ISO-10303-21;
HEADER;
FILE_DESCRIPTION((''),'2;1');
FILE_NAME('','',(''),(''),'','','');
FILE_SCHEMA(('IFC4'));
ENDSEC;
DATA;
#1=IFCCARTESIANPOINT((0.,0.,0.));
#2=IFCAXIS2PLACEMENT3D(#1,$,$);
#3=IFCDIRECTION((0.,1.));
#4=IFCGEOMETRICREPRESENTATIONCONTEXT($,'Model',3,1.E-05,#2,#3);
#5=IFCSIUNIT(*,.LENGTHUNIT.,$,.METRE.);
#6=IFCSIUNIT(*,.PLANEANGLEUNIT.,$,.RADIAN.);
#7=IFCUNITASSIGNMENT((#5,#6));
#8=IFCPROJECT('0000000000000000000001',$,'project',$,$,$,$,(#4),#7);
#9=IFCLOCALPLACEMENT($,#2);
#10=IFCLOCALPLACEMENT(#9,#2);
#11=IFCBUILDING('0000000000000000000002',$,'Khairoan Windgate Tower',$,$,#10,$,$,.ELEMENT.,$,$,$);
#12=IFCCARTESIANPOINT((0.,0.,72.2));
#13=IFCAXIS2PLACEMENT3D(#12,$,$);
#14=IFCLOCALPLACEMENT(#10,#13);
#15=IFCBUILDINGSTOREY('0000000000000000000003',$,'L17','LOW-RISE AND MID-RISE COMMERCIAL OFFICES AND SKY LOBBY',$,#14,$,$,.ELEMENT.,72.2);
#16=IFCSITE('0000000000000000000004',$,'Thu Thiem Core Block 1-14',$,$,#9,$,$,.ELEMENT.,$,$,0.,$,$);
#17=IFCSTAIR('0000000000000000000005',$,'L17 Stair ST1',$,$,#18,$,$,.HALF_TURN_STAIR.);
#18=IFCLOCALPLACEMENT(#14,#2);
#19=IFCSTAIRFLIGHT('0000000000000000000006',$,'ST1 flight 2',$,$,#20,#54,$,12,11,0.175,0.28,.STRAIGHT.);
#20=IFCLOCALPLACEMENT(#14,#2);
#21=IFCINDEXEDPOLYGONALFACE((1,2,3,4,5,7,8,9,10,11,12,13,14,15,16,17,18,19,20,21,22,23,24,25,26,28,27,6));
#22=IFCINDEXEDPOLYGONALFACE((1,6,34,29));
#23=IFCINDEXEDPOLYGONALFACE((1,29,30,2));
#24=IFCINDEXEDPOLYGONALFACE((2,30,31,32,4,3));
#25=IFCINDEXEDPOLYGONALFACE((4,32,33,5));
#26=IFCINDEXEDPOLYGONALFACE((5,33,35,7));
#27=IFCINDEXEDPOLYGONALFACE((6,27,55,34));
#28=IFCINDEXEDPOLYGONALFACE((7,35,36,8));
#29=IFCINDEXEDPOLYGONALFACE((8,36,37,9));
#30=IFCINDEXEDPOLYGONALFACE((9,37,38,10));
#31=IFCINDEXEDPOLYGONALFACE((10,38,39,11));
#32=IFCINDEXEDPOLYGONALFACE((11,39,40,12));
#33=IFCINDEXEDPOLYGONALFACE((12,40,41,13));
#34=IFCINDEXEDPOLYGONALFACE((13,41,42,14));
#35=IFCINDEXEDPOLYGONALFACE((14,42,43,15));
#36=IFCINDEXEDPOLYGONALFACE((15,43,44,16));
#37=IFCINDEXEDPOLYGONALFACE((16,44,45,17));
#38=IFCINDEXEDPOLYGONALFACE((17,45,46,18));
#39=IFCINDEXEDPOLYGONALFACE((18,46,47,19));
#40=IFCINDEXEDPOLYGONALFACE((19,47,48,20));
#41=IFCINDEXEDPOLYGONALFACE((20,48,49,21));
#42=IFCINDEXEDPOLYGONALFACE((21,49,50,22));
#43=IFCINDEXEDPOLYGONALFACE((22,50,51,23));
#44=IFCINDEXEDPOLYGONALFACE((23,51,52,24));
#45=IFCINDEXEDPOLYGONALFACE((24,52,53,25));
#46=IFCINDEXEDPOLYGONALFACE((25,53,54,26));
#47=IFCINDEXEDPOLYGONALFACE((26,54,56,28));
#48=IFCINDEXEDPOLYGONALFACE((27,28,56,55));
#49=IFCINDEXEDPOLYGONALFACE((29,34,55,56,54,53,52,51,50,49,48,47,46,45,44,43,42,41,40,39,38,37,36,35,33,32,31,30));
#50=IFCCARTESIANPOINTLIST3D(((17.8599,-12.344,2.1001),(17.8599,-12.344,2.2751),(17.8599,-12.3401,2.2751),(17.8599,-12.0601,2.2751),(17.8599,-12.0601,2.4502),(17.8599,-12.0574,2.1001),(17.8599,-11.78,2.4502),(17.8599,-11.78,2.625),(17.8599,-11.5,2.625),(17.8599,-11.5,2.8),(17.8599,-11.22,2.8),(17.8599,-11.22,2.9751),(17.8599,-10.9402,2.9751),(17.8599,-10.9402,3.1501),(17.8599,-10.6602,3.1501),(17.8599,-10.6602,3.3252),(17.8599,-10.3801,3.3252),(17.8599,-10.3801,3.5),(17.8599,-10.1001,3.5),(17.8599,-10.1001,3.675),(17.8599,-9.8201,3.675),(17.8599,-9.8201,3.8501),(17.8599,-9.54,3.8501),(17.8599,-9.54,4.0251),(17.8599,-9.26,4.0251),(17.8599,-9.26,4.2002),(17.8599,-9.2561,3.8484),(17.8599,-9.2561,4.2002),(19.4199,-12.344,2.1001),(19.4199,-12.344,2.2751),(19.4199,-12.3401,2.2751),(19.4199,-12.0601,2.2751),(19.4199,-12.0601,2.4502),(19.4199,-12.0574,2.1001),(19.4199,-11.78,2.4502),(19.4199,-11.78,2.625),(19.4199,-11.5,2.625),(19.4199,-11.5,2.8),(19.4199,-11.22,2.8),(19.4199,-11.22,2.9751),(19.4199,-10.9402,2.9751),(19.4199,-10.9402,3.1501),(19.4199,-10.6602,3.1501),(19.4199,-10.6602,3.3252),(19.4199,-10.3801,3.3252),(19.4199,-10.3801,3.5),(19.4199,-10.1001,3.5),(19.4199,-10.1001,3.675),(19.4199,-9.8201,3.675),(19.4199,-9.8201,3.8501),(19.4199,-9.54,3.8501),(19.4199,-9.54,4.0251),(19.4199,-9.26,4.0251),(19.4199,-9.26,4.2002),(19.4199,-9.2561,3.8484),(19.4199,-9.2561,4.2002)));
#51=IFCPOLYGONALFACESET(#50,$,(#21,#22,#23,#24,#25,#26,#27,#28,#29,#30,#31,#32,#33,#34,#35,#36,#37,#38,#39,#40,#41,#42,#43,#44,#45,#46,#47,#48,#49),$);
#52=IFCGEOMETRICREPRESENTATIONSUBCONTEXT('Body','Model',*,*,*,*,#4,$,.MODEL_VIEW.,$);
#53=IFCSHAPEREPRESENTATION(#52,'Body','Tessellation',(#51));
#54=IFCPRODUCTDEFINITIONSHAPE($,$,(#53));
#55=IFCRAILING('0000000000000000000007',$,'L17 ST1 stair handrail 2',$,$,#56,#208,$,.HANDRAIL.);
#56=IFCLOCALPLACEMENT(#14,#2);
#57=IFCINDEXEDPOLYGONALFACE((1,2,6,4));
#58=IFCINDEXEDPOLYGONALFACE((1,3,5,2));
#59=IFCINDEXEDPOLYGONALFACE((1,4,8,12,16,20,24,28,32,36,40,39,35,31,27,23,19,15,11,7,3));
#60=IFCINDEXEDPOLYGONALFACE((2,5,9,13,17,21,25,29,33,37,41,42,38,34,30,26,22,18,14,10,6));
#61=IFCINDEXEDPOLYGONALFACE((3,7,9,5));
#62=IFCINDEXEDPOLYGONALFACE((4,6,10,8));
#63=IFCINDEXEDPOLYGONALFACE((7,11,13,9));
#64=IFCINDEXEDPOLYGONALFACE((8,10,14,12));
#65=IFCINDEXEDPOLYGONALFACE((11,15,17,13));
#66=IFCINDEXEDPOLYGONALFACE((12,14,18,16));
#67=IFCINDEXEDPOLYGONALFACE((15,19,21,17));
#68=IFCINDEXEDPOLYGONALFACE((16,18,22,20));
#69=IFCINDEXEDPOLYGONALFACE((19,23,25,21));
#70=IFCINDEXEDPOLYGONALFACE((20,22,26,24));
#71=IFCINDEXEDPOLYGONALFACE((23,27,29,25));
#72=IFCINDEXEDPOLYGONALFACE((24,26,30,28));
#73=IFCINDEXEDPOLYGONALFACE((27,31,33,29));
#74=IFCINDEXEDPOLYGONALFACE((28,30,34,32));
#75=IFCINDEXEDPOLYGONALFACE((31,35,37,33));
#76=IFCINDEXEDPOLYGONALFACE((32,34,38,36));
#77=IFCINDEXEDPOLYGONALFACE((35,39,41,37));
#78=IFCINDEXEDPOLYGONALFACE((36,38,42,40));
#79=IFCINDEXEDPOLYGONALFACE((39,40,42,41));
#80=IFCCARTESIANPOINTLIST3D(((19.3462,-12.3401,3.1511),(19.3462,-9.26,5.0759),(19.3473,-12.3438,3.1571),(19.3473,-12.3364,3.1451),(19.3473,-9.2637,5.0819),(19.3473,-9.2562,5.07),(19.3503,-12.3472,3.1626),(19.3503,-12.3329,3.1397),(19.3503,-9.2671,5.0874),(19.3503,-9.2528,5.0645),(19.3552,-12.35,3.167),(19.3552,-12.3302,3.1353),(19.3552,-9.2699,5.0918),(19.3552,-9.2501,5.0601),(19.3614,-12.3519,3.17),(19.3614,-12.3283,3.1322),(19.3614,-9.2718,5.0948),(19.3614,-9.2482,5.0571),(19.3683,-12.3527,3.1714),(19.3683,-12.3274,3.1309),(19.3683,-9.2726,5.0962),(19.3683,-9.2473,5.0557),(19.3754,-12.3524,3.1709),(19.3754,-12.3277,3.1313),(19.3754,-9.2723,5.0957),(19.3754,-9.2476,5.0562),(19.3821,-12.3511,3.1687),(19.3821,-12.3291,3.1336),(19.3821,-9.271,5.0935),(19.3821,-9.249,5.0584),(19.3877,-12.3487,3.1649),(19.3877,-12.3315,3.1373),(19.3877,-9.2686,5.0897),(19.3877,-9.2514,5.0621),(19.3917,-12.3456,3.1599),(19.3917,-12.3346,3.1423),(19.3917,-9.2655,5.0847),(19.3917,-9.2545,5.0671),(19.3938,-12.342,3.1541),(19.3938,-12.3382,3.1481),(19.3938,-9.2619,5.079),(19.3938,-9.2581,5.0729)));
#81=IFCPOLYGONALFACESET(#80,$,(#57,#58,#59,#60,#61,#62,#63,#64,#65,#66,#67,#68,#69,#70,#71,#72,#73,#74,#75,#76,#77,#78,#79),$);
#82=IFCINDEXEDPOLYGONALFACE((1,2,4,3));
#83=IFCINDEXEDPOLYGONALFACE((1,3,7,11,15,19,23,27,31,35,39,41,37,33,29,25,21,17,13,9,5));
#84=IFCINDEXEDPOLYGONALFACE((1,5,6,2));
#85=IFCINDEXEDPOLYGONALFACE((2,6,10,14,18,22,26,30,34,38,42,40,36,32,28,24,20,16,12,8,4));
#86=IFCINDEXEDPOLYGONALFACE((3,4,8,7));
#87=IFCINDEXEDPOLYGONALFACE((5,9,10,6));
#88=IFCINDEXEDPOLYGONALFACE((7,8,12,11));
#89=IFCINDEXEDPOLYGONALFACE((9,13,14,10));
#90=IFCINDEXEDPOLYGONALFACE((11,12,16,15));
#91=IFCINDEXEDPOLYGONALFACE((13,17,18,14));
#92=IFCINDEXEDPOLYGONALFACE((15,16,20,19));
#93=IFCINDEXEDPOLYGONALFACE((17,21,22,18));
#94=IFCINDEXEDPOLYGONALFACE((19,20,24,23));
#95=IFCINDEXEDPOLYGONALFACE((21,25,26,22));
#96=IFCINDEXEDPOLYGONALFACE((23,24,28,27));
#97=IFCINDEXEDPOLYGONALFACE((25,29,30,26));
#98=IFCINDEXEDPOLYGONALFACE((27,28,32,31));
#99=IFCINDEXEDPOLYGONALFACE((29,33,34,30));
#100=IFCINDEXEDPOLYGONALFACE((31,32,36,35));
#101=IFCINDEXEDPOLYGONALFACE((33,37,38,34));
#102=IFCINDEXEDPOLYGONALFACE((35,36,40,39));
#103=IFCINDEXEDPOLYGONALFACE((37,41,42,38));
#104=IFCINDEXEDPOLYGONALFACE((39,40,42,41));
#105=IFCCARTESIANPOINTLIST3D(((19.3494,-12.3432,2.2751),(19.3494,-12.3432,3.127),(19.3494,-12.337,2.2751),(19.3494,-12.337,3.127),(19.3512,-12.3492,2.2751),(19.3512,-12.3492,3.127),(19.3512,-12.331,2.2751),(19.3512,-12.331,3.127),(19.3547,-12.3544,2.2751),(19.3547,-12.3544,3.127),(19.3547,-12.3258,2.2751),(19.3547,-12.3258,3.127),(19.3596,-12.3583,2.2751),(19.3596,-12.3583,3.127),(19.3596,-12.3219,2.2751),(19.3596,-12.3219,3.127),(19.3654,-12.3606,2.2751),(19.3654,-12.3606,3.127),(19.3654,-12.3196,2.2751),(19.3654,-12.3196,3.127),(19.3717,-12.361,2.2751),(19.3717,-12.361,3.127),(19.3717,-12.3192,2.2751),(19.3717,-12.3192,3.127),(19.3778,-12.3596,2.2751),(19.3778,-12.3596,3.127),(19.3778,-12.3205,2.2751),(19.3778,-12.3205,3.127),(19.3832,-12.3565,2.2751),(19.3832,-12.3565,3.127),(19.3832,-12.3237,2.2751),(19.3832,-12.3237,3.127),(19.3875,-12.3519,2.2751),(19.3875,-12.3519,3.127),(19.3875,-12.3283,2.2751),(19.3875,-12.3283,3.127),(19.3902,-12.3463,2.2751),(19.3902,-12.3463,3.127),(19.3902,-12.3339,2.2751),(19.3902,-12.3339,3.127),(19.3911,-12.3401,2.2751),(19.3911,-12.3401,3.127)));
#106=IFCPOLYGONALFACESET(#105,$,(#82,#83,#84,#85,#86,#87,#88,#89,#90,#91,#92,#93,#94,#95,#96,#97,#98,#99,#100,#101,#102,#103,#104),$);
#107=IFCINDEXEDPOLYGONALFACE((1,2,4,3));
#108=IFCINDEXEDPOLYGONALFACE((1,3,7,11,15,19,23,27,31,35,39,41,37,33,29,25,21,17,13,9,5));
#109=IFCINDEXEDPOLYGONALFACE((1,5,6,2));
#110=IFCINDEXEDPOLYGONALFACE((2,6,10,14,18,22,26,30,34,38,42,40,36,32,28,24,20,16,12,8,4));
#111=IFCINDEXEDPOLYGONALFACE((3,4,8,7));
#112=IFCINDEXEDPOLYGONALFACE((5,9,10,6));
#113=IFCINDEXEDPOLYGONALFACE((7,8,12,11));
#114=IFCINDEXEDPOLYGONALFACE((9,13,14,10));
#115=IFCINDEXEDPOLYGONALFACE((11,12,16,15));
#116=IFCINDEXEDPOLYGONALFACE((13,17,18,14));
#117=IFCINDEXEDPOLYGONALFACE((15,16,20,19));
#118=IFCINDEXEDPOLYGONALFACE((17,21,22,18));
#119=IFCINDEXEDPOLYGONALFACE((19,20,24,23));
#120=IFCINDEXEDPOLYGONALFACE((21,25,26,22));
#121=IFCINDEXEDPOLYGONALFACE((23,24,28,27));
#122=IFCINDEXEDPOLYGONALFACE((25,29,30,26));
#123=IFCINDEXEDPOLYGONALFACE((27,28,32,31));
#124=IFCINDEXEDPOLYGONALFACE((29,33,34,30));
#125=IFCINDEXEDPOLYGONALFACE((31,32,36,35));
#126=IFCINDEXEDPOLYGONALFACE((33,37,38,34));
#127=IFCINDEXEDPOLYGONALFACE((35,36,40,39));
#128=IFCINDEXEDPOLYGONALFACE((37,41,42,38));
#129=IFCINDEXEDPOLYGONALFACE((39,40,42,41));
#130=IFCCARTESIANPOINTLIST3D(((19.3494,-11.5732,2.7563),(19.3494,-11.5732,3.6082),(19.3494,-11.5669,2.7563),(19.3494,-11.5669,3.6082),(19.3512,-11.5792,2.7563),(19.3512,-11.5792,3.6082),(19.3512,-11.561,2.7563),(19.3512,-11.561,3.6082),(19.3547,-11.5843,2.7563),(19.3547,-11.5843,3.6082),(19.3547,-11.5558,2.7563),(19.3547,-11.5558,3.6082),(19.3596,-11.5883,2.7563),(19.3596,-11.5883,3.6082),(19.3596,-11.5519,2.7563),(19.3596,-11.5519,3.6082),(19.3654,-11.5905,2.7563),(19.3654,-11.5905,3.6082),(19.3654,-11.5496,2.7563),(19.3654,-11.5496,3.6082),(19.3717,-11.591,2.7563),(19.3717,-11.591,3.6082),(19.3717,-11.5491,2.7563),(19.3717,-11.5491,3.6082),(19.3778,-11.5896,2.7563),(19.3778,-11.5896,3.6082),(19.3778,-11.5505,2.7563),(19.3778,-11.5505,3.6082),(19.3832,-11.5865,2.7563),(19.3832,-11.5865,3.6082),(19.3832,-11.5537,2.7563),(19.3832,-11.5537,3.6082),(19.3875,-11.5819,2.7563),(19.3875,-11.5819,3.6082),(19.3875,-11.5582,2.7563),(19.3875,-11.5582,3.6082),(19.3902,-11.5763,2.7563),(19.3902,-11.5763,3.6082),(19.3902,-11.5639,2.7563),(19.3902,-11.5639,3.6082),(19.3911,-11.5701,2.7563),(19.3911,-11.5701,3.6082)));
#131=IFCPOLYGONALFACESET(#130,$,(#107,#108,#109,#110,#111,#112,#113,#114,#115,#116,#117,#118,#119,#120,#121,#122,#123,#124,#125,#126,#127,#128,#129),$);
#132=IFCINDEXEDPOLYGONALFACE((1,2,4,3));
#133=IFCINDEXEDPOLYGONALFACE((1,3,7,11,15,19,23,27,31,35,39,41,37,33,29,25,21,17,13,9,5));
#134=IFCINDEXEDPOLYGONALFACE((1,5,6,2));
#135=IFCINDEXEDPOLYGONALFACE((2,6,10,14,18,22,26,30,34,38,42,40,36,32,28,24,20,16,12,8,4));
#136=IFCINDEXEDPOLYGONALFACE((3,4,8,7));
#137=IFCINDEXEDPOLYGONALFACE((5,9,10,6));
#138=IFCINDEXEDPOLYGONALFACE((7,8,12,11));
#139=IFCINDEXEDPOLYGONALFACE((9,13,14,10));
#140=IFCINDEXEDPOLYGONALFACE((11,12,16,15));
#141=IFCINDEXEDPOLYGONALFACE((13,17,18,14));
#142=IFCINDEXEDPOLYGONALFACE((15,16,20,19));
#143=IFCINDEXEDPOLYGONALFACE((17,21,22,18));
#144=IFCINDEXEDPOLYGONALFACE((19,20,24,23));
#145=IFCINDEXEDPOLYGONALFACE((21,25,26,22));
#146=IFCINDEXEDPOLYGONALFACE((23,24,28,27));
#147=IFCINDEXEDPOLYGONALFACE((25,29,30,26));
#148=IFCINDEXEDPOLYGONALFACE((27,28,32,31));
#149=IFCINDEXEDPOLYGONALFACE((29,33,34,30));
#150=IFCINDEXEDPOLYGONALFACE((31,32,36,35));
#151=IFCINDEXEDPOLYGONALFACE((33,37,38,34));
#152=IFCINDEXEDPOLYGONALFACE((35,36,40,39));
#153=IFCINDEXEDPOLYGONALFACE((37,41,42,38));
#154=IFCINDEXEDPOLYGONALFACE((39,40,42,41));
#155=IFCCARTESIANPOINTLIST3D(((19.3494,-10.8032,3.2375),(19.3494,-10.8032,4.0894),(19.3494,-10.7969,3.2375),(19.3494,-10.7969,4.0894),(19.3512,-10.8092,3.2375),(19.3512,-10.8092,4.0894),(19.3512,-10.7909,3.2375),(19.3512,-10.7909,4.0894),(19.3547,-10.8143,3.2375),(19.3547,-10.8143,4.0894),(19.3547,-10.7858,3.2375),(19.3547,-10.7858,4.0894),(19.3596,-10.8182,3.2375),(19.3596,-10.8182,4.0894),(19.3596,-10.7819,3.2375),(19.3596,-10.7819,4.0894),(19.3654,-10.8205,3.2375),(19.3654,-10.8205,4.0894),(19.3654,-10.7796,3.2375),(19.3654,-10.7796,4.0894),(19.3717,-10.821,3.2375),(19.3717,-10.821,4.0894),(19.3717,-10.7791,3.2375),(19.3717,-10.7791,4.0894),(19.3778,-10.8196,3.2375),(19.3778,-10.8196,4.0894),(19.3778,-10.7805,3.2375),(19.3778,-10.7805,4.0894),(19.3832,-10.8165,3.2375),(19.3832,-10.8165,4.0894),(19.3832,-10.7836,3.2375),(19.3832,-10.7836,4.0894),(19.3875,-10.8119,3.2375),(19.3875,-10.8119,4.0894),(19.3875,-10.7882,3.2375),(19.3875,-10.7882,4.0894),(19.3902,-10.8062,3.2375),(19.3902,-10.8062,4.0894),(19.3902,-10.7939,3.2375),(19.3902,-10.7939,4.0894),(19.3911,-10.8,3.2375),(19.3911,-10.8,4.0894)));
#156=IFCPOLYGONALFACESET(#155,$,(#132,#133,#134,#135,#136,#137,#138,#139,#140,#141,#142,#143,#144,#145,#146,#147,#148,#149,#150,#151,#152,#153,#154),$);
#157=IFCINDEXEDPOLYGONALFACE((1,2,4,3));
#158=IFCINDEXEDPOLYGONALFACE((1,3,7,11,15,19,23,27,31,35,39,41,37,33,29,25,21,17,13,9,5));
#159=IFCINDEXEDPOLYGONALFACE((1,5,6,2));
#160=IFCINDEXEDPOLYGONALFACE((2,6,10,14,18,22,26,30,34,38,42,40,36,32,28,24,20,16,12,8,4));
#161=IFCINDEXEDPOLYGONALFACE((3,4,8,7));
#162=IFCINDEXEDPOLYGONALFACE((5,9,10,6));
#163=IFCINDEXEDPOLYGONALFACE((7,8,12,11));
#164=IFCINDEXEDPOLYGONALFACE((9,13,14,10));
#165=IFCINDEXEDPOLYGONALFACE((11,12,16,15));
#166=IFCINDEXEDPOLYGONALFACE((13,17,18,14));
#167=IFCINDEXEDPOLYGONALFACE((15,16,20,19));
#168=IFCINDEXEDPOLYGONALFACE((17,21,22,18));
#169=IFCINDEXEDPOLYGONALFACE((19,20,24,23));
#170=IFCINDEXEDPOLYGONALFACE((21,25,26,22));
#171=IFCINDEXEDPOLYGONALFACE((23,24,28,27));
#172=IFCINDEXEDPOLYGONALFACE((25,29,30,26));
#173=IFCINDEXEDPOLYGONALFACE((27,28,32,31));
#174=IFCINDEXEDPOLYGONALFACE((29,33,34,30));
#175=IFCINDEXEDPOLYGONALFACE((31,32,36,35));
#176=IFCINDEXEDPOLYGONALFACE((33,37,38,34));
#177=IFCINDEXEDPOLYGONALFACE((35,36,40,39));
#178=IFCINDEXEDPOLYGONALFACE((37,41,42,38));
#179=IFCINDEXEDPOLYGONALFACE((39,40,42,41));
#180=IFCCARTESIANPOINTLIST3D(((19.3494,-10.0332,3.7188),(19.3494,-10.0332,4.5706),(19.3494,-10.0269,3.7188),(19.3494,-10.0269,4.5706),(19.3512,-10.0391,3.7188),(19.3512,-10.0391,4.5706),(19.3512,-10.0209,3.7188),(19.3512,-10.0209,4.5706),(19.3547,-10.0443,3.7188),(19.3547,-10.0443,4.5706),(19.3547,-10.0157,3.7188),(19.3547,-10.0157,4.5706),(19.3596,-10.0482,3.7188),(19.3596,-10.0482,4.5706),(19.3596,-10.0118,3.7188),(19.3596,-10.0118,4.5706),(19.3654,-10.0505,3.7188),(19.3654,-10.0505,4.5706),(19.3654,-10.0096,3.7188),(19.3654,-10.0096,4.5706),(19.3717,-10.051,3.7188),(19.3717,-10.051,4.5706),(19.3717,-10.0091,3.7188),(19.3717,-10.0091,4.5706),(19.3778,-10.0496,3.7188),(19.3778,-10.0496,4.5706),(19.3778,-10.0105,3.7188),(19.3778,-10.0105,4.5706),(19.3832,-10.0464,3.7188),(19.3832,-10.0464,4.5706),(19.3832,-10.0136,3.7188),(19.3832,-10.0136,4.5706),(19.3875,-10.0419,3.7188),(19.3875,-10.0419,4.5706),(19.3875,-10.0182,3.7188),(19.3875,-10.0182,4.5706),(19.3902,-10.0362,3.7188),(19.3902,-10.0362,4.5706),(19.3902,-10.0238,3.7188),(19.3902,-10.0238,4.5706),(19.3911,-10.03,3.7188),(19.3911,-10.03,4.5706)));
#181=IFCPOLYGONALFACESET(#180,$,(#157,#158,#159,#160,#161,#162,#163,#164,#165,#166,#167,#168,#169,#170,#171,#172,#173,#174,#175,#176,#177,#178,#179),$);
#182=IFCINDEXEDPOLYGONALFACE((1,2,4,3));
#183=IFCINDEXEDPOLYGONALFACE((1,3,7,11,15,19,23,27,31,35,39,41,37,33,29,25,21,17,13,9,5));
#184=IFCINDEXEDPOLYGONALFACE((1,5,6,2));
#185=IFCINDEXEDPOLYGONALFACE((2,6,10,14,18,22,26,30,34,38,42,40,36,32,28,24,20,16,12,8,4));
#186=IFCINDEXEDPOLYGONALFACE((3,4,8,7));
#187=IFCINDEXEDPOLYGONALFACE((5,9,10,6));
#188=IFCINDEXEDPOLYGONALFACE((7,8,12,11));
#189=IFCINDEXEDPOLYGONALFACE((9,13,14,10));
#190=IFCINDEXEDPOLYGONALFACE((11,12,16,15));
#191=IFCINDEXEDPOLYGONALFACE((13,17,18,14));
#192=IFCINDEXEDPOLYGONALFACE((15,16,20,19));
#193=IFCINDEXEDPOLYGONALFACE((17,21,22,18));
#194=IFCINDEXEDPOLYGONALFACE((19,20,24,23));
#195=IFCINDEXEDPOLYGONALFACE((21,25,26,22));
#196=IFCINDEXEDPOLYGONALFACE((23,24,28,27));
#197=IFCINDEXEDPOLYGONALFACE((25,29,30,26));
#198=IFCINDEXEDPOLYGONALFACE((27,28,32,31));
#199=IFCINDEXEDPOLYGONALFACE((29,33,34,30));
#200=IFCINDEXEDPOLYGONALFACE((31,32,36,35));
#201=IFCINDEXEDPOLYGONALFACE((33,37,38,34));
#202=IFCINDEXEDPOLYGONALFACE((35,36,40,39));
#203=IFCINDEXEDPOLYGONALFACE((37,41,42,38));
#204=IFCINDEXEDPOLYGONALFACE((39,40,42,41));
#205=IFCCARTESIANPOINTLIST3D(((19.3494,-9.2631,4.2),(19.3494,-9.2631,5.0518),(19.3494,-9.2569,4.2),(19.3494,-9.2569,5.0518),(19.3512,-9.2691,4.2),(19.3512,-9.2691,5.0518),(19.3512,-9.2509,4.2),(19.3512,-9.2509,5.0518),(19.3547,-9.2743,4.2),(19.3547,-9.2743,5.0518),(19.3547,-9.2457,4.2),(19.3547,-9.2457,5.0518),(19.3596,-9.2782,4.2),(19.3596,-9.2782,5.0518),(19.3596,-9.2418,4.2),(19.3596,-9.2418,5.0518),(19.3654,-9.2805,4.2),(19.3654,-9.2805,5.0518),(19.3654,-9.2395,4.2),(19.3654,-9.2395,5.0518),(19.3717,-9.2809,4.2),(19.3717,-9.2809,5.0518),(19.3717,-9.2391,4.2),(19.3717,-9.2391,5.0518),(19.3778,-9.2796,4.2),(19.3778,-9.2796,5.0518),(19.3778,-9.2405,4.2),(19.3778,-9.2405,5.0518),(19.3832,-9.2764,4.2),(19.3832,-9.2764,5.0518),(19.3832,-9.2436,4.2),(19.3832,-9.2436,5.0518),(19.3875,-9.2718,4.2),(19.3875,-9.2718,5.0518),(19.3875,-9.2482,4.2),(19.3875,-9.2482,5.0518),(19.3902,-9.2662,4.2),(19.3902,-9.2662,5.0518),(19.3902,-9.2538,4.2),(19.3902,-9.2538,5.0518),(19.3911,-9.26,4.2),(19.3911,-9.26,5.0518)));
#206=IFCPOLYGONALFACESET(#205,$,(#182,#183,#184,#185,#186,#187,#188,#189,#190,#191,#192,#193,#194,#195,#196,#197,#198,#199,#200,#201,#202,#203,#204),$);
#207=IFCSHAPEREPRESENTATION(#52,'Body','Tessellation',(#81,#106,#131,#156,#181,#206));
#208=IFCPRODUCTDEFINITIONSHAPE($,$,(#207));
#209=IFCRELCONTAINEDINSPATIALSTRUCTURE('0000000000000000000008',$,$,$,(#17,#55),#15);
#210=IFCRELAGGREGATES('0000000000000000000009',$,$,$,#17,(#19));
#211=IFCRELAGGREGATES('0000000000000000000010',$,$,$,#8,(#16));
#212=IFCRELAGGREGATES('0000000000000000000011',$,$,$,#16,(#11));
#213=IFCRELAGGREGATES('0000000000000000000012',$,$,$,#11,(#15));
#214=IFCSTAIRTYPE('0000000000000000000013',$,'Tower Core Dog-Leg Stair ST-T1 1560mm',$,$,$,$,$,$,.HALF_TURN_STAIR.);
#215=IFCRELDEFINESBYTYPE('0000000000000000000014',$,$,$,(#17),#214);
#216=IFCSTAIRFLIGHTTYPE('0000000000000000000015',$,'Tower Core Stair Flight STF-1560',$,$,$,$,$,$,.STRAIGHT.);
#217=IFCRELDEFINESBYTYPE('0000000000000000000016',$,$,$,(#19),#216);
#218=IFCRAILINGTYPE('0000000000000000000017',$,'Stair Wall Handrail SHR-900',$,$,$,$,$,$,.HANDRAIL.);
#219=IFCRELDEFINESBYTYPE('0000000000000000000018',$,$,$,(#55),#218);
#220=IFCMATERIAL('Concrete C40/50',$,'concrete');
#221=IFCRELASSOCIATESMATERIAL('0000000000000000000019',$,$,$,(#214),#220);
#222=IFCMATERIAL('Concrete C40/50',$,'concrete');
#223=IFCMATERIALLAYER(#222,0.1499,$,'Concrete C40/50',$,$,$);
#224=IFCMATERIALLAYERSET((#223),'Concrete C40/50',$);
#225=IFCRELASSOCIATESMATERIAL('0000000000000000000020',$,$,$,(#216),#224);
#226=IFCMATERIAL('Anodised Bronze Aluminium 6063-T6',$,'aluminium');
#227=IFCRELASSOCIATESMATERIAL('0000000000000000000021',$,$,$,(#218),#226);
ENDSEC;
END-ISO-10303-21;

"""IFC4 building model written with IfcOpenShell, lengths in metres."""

from ifc_helpers import new_model, si_unit, direction, frame, origin, origin_2d, place, context, subcontext, project, spatial, polyline, circle, outline, extrude, material, layer, layer_set, type_object, element, aggregate, save


model = new_model("IFC4")

# Units and contexts
model_context = context("Model", 3, precision=1e-05, world=origin(), true_north=direction((0.0, 1.0)))
body_context = subcontext(model_context, "Body", "Model", "MODEL_VIEW")
ifc_project = project(units=[si_unit("LENGTHUNIT", "METRE"), si_unit("PLANEANGLEUNIT", "RADIAN")], contexts=[model_context])

# Site, building, storey
site_placement = place(None, origin())
site = spatial("IfcSite", under=ifc_project, at=site_placement, Name="Thu Thiem Core Block 1-14", CompositionType="ELEMENT", RefElevation=0.0)
building_placement = place(site_placement, origin())
building = spatial("IfcBuilding", under=site, at=building_placement, Name="Khairoan Windgate Tower", CompositionType="ELEMENT")
storey_placement = place(building_placement, frame((0.0, 0.0, 72.2)))
storey = spatial("IfcBuildingStorey", under=building, at=storey_placement, Name="L17", Description="LOW-RISE AND MID-RISE COMMERCIAL OFFICES AND SKY LOBBY", CompositionType="ELEMENT", Elevation=72.2)

# Stair, stair flight
ifc_material_1 = material(Name="Concrete C40/50", Category="concrete")
stair_type = type_object("IfcStairType", Name="Tower Core Dog-Leg Stair ST-T1 1560mm", PredefinedType="HALF_TURN_STAIR", material=ifc_material_1)
stair_placement = place(storey_placement, origin())
stair = element("IfcStair", 1, at=stair_placement, inside=storey, type_object=stair_type, Name="L17 Stair ST1", PredefinedType="HALF_TURN_STAIR")
ifc_material_2 = material(Name="Concrete C40/50", Category="concrete")
ifc_layer_1 = layer(ifc_material_2, 0.1499, Name="Concrete C40/50")
ifc_layer_set_1 = layer_set([ifc_layer_1], Name="Concrete C40/50")
stair_flight_type = type_object("IfcStairFlightType", Name="Tower Core Stair Flight STF-1560", PredefinedType="STRAIGHT", material=ifc_layer_set_1)
stair_flight_placement = place(storey_placement, frame((18.6399, -12.3401, 2.1001), z_axis=(0.0, 0.0, 1.0), x_axis=(0.0, 1.0, 0.0)))
stair_flight = element("IfcStairFlight", 2, at=stair_flight_placement, type_object=stair_flight_type, Name="ST1 flight 2", NumberOfRisers=12, NumberOfTreads=11, PredefinedType="STRAIGHT", RiserHeight=0.175, TreadLength=0.28, context=body_context, shape_type="SweptSolid", body=[
    extrude(outline(polyline([(-0.0039, 0.0), (-0.0039, 0.175), (0.0, 0.175), (0.28, 0.175), (0.28, 0.3501), (0.5601, 0.3501), (0.5601, 0.5249), (0.8401, 0.5249), (0.8401, 0.7), (1.1201, 0.7), (1.1201, 0.875), (1.3999, 0.875), (1.3999, 1.05), (1.6799, 1.05), (1.6799, 1.2251), (1.96, 1.2251), (1.96, 1.3999), (2.24, 1.3999), (2.24, 1.575), (2.52, 1.575), (2.52, 1.75), (2.8, 1.75), (2.8, 1.925), (3.0801, 1.925), (3.0801, 2.1001), (3.084, 2.1001), (3.084, 1.7483), (0.2827, 0.0), (-0.0039, 0.0)])), frame((0.0, 0.78, 0.0), z_axis=(0.0, -1.0, 0.0), x_axis=(1.0, 0.0, 0.0)), (0.0, 0.0, 1.0), 1.5601),
])
aggregate(stair, [stair_flight])

# Railing
ifc_material_3 = material(Name="Anodised Bronze Aluminium 6063-T6", Category="aluminium")
railing_type_1 = type_object("IfcRailingType", Name="Stair Wall Handrail SHR-900", PredefinedType="HANDRAIL", material=ifc_material_3)
railing_1_placement = place(storey_placement, frame((19.3701, -12.3401, 2.2751)))
element("IfcRailing", 3, at=railing_1_placement, inside=storey, type_object=railing_type_1, Name="L17 ST1 stair handrail 2", PredefinedType="HANDRAIL", context=body_context, shape_type="SweptSolid", body=[
    extrude(circle(Radius=0.0239, at=origin_2d()), frame((0.0, 0.0, 0.876), z_axis=(0.0, 0.848029, 0.529951), x_axis=(-1.0, 0.0, 0.0)), (0.0, 0.0, 1.0), 3.6321),
    extrude(circle(Radius=0.021, at=origin_2d()), origin(), (0.0, 0.0, 1.0), 0.8518),
    extrude(circle(Radius=0.021, at=origin_2d()), frame((0.0, 0.77, 0.4812)), (0.0, 0.0, 1.0), 0.8518),
    extrude(circle(Radius=0.021, at=origin_2d()), frame((0.0, 1.54, 0.9624)), (0.0, 0.0, 1.0), 0.8518),
    extrude(circle(Radius=0.021, at=origin_2d()), frame((0.0, 2.3101, 1.4436)), (0.0, 0.0, 1.0), 0.8518),
    extrude(circle(Radius=0.021, at=origin_2d()), frame((0.0, 3.0801, 1.9248)), (0.0, 0.0, 1.0), 0.8518),
])

save(model, "model.ifc")
